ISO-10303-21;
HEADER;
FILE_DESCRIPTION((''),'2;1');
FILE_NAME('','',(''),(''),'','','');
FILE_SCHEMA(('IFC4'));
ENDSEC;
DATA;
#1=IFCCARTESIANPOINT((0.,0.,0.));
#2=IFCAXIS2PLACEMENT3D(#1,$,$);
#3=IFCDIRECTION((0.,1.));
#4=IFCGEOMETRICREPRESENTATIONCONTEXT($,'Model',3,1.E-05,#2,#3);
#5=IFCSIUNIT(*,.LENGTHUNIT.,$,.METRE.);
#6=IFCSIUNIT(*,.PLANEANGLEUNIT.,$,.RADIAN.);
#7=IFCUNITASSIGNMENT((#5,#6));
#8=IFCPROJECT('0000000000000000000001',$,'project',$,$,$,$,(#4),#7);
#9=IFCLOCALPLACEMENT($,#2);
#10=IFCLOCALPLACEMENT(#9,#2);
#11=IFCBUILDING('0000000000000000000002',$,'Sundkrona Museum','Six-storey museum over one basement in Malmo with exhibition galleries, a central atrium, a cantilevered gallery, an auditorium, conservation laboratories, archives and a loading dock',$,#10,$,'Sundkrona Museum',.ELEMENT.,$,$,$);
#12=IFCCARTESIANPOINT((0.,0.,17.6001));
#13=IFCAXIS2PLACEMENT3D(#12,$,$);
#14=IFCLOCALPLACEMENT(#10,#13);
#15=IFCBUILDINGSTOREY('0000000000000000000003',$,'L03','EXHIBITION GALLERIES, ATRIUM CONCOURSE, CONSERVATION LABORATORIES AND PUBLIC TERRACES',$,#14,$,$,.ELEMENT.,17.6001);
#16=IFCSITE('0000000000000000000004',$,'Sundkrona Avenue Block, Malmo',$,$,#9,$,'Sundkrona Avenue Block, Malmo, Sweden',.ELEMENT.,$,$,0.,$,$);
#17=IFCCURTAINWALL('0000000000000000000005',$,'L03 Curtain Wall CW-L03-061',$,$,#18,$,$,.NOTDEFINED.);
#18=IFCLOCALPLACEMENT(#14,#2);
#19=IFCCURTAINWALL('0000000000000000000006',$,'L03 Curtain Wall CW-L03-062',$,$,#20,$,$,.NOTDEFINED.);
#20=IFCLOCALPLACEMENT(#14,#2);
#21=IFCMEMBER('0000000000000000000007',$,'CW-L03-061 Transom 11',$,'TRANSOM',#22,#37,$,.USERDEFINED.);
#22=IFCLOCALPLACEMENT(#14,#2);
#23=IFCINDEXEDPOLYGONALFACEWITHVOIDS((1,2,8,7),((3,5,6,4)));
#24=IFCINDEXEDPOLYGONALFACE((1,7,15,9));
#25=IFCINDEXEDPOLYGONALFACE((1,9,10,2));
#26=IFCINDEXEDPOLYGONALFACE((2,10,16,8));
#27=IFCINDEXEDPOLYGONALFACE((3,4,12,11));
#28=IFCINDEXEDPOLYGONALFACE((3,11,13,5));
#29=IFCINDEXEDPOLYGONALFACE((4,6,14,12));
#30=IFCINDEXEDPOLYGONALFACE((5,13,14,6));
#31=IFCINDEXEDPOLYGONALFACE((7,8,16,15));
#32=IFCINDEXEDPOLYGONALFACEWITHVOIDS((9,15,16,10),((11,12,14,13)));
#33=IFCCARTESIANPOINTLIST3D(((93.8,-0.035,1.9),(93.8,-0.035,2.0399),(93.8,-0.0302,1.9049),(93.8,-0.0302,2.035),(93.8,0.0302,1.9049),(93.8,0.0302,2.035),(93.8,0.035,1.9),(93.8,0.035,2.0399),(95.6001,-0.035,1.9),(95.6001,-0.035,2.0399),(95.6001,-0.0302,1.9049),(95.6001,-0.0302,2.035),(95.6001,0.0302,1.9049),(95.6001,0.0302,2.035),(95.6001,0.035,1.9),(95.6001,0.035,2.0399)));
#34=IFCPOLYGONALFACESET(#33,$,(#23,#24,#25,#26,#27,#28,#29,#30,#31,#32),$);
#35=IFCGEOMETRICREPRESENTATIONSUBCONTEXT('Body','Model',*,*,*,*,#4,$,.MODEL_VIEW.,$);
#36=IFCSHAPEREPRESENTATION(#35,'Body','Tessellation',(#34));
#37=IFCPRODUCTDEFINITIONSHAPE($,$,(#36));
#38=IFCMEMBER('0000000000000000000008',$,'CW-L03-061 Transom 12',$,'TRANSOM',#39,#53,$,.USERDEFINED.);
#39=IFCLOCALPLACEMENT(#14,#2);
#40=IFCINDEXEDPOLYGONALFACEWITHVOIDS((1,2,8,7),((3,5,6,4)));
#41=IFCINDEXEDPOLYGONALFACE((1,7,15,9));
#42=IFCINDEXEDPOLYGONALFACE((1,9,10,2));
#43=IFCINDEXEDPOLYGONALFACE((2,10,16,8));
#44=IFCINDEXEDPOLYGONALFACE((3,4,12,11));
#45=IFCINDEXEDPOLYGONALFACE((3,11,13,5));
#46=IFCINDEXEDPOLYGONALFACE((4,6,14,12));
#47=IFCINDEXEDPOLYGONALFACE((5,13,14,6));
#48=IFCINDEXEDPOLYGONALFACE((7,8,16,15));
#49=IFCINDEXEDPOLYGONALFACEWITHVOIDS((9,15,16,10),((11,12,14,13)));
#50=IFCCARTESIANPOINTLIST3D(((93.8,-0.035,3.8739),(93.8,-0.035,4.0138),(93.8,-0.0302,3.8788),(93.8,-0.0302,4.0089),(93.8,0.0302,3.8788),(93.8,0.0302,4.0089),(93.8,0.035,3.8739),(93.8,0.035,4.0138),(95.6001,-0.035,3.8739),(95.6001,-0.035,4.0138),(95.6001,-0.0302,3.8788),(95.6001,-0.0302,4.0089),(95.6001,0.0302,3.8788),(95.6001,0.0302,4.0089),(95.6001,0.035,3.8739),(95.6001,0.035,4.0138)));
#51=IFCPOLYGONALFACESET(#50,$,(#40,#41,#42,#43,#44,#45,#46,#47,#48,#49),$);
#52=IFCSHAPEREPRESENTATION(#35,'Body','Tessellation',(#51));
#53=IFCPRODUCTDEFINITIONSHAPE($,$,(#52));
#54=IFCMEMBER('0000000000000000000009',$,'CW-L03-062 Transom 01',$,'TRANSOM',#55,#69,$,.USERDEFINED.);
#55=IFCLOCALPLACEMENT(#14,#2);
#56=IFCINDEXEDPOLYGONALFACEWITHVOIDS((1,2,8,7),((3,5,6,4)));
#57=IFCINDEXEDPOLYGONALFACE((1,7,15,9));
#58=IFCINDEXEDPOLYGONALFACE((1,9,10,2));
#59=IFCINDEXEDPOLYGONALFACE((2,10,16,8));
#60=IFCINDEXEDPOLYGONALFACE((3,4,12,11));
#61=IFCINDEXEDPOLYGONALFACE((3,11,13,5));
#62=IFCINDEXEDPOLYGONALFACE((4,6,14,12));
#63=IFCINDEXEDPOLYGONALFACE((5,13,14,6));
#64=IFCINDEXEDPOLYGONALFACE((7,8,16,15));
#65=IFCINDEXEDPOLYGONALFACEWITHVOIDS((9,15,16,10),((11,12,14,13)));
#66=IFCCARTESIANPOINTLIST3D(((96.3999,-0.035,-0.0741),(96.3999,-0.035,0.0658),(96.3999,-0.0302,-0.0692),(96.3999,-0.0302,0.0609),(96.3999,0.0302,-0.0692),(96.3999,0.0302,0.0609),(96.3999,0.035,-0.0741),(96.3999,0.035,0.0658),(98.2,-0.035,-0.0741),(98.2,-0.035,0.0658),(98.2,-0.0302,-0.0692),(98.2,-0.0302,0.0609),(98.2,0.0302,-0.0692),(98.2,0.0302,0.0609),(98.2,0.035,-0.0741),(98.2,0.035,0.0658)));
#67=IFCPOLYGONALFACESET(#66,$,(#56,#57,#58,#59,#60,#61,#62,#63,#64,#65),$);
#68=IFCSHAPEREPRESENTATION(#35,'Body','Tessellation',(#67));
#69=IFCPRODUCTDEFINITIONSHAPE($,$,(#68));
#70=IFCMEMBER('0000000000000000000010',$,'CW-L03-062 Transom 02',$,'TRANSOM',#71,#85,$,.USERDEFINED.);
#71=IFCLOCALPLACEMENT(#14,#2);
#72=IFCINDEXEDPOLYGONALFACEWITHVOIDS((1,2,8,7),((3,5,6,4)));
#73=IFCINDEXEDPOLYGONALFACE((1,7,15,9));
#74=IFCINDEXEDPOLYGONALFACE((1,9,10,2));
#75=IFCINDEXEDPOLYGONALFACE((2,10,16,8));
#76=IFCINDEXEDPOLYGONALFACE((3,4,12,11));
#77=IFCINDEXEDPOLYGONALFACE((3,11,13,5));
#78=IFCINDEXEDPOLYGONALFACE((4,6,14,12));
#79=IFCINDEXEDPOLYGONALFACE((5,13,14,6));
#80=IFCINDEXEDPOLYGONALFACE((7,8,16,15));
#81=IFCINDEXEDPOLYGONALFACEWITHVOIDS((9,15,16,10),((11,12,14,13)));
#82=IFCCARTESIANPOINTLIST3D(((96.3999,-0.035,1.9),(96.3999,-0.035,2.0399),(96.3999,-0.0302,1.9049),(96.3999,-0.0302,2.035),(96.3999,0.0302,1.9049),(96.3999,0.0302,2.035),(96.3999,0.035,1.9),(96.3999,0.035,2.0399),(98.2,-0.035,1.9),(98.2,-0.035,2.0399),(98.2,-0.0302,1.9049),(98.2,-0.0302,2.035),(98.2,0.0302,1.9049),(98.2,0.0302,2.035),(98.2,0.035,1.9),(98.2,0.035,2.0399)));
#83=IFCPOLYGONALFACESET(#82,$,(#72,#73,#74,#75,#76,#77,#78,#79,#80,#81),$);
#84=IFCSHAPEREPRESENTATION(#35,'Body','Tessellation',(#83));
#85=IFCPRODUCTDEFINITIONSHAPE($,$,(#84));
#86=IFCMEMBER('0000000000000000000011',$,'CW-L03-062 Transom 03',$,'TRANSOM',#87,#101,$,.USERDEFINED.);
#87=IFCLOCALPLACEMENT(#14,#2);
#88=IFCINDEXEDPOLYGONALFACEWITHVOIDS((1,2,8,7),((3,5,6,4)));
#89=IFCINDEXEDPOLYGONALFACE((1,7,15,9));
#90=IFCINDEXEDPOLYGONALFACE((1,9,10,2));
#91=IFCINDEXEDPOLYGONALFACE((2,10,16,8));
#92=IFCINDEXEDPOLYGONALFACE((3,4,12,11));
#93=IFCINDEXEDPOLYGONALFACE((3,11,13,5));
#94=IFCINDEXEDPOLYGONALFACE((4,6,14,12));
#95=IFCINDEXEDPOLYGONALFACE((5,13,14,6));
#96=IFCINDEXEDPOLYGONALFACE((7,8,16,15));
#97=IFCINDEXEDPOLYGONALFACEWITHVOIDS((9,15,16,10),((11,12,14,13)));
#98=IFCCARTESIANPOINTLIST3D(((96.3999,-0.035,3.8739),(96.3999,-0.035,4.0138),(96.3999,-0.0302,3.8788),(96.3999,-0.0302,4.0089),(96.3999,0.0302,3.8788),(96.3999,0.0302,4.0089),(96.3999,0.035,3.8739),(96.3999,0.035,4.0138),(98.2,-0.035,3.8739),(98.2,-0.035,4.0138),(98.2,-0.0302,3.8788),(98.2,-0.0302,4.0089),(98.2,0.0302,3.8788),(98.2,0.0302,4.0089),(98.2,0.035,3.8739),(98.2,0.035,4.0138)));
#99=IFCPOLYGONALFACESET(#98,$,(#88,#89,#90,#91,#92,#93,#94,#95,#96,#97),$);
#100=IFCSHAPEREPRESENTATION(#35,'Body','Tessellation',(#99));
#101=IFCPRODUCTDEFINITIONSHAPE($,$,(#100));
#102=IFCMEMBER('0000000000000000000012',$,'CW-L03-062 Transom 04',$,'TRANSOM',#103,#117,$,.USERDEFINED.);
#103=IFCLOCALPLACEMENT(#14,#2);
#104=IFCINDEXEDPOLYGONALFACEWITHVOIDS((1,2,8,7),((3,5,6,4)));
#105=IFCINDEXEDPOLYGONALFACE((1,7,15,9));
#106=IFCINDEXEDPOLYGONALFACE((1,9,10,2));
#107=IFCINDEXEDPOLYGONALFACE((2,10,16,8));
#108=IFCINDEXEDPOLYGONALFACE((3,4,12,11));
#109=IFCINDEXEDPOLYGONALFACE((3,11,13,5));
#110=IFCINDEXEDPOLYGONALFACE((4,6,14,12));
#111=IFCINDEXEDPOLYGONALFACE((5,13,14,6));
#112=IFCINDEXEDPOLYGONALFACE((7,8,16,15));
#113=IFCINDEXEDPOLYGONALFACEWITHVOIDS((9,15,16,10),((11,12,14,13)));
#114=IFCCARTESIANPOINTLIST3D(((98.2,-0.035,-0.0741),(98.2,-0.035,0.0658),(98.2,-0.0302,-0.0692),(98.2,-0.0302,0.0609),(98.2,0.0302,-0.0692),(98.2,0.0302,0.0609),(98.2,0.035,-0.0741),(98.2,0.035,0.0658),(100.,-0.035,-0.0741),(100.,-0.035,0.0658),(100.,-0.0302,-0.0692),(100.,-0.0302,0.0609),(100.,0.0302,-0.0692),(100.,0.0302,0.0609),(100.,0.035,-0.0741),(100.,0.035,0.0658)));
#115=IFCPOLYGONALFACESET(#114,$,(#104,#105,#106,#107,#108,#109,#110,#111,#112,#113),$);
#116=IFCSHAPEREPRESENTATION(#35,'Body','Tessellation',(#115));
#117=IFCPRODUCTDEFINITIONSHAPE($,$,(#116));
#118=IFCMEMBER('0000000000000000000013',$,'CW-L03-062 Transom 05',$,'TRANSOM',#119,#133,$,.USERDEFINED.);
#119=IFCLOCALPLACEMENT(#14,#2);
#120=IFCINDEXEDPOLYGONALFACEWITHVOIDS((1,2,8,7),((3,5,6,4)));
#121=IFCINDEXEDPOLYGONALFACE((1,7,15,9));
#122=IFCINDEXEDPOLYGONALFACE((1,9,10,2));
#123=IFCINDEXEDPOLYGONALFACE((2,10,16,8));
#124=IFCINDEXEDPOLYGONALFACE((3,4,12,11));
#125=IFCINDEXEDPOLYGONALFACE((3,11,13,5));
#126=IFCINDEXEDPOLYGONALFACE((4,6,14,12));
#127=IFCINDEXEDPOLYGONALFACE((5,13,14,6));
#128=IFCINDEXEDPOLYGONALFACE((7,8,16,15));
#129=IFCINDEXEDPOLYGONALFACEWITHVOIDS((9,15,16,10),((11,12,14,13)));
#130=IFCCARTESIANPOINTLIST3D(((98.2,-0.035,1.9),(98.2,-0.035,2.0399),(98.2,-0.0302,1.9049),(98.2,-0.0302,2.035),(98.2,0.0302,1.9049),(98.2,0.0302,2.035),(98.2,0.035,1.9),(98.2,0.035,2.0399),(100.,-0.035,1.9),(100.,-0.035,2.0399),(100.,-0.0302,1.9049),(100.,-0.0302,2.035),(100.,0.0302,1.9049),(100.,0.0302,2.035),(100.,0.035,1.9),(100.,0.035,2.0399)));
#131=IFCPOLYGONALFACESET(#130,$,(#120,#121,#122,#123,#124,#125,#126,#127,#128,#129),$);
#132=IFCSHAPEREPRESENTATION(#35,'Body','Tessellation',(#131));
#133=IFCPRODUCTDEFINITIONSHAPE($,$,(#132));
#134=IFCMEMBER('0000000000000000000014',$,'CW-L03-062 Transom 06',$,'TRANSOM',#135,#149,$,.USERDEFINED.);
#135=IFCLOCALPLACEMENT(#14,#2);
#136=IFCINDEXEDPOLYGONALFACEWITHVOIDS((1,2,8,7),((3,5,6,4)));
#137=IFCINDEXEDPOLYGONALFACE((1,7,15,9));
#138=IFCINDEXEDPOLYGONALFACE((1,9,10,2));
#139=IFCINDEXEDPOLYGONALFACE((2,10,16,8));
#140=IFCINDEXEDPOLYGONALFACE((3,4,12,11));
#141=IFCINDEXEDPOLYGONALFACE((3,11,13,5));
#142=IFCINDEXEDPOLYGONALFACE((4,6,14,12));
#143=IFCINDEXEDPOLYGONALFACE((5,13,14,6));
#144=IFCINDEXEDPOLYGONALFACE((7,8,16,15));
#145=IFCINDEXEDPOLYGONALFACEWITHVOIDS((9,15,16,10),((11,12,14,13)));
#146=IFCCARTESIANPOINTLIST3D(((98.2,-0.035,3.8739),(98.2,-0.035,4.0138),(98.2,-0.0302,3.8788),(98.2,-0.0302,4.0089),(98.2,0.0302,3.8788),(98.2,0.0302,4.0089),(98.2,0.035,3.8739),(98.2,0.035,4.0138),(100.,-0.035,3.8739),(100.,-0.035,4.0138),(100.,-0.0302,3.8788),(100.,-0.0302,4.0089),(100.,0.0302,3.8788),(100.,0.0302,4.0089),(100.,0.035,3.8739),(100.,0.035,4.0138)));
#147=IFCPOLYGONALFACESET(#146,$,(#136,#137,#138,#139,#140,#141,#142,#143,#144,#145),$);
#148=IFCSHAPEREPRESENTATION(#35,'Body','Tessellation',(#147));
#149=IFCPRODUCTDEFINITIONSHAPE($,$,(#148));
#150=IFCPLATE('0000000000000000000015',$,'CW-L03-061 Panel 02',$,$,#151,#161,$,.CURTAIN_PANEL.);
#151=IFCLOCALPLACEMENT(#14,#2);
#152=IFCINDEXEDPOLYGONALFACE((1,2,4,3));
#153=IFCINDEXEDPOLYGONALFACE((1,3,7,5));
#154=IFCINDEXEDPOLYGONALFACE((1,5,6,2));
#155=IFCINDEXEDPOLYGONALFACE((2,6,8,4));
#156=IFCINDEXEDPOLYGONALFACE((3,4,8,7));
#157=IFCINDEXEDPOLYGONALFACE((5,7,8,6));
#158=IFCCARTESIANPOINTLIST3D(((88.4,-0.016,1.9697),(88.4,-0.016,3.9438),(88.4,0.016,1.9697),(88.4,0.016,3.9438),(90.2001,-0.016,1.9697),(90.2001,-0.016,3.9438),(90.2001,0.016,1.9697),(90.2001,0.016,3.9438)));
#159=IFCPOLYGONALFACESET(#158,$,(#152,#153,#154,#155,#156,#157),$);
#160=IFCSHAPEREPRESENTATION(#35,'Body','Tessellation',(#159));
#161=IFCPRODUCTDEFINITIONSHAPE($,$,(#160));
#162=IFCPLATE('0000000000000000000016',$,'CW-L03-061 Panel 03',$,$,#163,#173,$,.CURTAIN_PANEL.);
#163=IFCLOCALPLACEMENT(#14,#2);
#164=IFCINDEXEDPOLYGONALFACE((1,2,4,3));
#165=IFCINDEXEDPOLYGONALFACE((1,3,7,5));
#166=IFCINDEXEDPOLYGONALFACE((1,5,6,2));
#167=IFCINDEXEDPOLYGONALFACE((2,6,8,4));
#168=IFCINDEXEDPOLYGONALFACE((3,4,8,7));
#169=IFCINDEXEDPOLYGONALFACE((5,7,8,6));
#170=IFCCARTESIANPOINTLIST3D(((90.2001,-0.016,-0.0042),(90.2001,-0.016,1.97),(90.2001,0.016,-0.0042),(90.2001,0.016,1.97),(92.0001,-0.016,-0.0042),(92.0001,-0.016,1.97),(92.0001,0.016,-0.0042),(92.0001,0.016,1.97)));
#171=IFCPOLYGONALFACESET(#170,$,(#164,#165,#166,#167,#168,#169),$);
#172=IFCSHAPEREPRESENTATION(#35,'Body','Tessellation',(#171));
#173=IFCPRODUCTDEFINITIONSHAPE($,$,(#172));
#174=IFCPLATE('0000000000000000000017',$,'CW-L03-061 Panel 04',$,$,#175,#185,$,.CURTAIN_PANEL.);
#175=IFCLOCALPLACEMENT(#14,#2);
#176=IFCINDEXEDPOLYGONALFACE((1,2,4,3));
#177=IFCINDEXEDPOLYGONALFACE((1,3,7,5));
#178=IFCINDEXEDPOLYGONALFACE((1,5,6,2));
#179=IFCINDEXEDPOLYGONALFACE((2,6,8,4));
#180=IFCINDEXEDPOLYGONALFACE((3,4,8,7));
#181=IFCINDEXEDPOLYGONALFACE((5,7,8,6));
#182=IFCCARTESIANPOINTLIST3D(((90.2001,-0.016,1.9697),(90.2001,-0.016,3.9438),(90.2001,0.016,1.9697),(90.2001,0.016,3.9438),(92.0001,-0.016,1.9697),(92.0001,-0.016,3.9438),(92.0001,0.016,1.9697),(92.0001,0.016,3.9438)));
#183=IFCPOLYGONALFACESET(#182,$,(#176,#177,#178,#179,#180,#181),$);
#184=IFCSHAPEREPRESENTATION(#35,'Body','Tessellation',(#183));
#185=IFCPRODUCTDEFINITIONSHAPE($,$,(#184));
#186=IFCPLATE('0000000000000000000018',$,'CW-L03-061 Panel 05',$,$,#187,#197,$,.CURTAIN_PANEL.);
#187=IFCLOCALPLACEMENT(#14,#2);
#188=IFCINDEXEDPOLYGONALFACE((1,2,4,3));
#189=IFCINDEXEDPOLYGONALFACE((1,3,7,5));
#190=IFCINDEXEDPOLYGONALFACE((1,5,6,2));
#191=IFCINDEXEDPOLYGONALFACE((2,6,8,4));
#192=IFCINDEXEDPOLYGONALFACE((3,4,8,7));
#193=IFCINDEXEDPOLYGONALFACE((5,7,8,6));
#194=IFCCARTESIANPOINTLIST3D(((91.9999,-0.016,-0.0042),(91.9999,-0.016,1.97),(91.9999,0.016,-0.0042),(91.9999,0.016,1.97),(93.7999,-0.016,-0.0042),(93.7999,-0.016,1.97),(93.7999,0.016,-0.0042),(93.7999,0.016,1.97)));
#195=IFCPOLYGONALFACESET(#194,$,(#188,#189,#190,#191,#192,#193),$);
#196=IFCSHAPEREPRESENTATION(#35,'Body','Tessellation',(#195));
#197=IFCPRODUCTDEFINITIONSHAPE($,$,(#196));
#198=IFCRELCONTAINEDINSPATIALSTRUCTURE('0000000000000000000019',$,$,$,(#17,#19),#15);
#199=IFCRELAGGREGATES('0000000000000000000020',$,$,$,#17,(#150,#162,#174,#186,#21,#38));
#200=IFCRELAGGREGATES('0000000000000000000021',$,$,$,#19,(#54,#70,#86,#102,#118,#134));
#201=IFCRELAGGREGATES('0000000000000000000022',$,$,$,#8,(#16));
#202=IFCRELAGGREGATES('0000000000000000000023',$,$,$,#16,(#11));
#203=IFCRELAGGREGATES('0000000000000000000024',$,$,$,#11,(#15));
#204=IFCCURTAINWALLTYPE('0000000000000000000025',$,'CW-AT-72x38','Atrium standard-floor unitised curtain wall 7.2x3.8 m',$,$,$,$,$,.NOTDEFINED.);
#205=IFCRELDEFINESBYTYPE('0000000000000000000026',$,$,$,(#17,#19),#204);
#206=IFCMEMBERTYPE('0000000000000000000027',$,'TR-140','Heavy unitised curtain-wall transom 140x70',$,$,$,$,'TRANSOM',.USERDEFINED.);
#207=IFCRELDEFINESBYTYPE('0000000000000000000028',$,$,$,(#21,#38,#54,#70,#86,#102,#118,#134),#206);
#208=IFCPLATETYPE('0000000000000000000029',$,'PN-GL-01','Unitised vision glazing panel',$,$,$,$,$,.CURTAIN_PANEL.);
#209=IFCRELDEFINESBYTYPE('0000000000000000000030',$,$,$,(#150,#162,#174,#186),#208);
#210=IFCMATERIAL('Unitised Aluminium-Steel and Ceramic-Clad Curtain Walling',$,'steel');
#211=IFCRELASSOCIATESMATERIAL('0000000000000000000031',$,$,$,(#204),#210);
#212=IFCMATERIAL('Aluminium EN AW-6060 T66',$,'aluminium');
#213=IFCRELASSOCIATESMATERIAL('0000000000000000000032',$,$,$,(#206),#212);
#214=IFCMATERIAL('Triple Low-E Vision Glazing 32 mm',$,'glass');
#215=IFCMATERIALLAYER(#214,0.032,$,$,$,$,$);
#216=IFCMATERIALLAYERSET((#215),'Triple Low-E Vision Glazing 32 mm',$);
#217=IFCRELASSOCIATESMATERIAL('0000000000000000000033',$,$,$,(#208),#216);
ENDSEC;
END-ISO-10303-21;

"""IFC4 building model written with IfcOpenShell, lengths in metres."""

from ifc_helpers import new_model, si_unit, direction, frame, origin, origin_2d, place, context, subcontext, project, spatial, rectangle, hollow_rectangle, extrude, material, layer, layer_set, material_profile, profile_set, type_object, element, aggregate, save


model = new_model("IFC4")

# Units and contexts
model_context = context("Model", 3, precision=1e-05, world=origin(), true_north=direction((0.0, 1.0)))
body_context = subcontext(model_context, "Body", "Model", "MODEL_VIEW")
ifc_project = project(units=[si_unit("LENGTHUNIT", "METRE"), si_unit("PLANEANGLEUNIT", "RADIAN")], contexts=[model_context])

# Site, building, storey
site_placement = place(None, origin())
site = spatial("IfcSite", under=ifc_project, at=site_placement, Name="Sundkrona Avenue Block, Malmo", LongName="Sundkrona Avenue Block, Malmo, Sweden", CompositionType="ELEMENT", RefElevation=0.0)
building_placement = place(site_placement, origin())
building = spatial("IfcBuilding", under=site, at=building_placement, Name="Sundkrona Museum", Description="Six-storey museum over one basement in Malmo with exhibition galleries, a central atrium, a cantilevered gallery, an auditorium, conservation laboratories, archives and a loading dock", LongName="Sundkrona Museum", CompositionType="ELEMENT")
storey_placement = place(building_placement, frame((0.0, 0.0, 17.6001)))
storey = spatial("IfcBuildingStorey", under=building, at=storey_placement, Name="L03", Description="EXHIBITION GALLERIES, ATRIUM CONCOURSE, CONSERVATION LABORATORIES AND PUBLIC TERRACES", CompositionType="ELEMENT", Elevation=17.6001)

# Curtain walls
ifc_material_1 = material(Name="Unitised Aluminium-Steel and Ceramic-Clad Curtain Walling", Category="steel")
curtain_wall_type = type_object("IfcCurtainWallType", Name="CW-AT-72x38", Description="Atrium standard-floor unitised curtain wall 7.2x3.8 m", PredefinedType="NOTDEFINED", material=ifc_material_1)
curtain_wall_1_placement = place(storey_placement, origin())
curtain_wall_1 = element("IfcCurtainWall", 1, at=curtain_wall_1_placement, inside=storey, type_object=curtain_wall_type, Name="L03 Curtain Wall CW-L03-061", PredefinedType="NOTDEFINED")
ifc_material_2 = material(Name="Aluminium EN AW-6060 T66", Category="aluminium")
curtain_wall_2_placement = place(storey_placement, origin())
curtain_wall_2 = element("IfcCurtainWall", 2, at=curtain_wall_2_placement, inside=storey, type_object=curtain_wall_type, Name="L03 Curtain Wall CW-L03-062", PredefinedType="NOTDEFINED")

# Members
ifc_material_profile_1 = material_profile(ifc_material_2, hollow_rectangle(XDim=0.0701, YDim=0.1399, WallThickness=0.0049, at=origin_2d()), Name="RHS 140x70x5.0")
ifc_profile_set_1 = profile_set([ifc_material_profile_1], Name="Aluminium EN AW-6060 T66")
member_type_1 = type_object("IfcMemberType", Name="TR-140", Description="Heavy unitised curtain-wall transom 140x70", ElementType="TRANSOM", PredefinedType="USERDEFINED", material=ifc_profile_set_1)
member_1_placement = place(storey_placement, frame((93.8, 0.0, 1.97), z_axis=(1.0, 0.0, 0.0), x_axis=(0.0, 1.0, 0.0)))
member_1 = element("IfcMember", 3, at=member_1_placement, type_object=member_type_1, Name="CW-L03-061 Transom 11", ObjectType="TRANSOM", PredefinedType="USERDEFINED", context=body_context, shape_type="SweptSolid", body=[
    extrude(hollow_rectangle(XDim=0.0701, YDim=0.1399, WallThickness=0.0049, at=origin_2d()), origin(), (0.0, 0.0, 1.0), 1.8),
])
member_2_placement = place(storey_placement, frame((93.8, 0.0, 3.9438), z_axis=(1.0, 0.0, 0.0), x_axis=(0.0, 1.0, 0.0)))
member_2 = element("IfcMember", 4, at=member_2_placement, type_object=member_type_1, Name="CW-L03-061 Transom 12", ObjectType="TRANSOM", PredefinedType="USERDEFINED", context=body_context, shape_type="SweptSolid", body=[
    extrude(hollow_rectangle(XDim=0.0701, YDim=0.1399, WallThickness=0.0049, at=origin_2d()), origin(), (0.0, 0.0, 1.0), 1.8),
])
member_3_placement = place(storey_placement, frame((96.3999, 0.0, -0.0042), z_axis=(1.0, 0.0, 0.0), x_axis=(0.0, 1.0, 0.0)))
member_3 = element("IfcMember", 5, at=member_3_placement, type_object=member_type_1, Name="CW-L03-062 Transom 01", ObjectType="TRANSOM", PredefinedType="USERDEFINED", context=body_context, shape_type="SweptSolid", body=[
    extrude(hollow_rectangle(XDim=0.0701, YDim=0.1399, WallThickness=0.0049, at=origin_2d()), origin(), (0.0, 0.0, 1.0), 1.8),
])
member_4_placement = place(storey_placement, frame((96.3999, 0.0, 1.97), z_axis=(1.0, 0.0, 0.0), x_axis=(0.0, 1.0, 0.0)))
member_4 = element("IfcMember", 6, at=member_4_placement, type_object=member_type_1, Name="CW-L03-062 Transom 02", ObjectType="TRANSOM", PredefinedType="USERDEFINED", context=body_context, shape_type="SweptSolid", body=[
    extrude(hollow_rectangle(XDim=0.0701, YDim=0.1399, WallThickness=0.0049, at=origin_2d()), origin(), (0.0, 0.0, 1.0), 1.8),
])
member_5_placement = place(storey_placement, frame((96.3999, 0.0, 3.9438), z_axis=(1.0, 0.0, 0.0), x_axis=(0.0, 1.0, 0.0)))
member_5 = element("IfcMember", 7, at=member_5_placement, type_object=member_type_1, Name="CW-L03-062 Transom 03", ObjectType="TRANSOM", PredefinedType="USERDEFINED", context=body_context, shape_type="SweptSolid", body=[
    extrude(hollow_rectangle(XDim=0.0701, YDim=0.1399, WallThickness=0.0049, at=origin_2d()), origin(), (0.0, 0.0, 1.0), 1.8),
])
member_6_placement = place(storey_placement, frame((98.2, 0.0, -0.0042), z_axis=(1.0, 0.0, 0.0), x_axis=(0.0, 1.0, 0.0)))
member_6 = element("IfcMember", 8, at=member_6_placement, type_object=member_type_1, Name="CW-L03-062 Transom 04", ObjectType="TRANSOM", PredefinedType="USERDEFINED", context=body_context, shape_type="SweptSolid", body=[
    extrude(hollow_rectangle(XDim=0.0701, YDim=0.1399, WallThickness=0.0049, at=origin_2d()), origin(), (0.0, 0.0, 1.0), 1.8),
])
member_7_placement = place(storey_placement, frame((98.2, 0.0, 1.97), z_axis=(1.0, 0.0, 0.0), x_axis=(0.0, 1.0, 0.0)))
member_7 = element("IfcMember", 9, at=member_7_placement, type_object=member_type_1, Name="CW-L03-062 Transom 05", ObjectType="TRANSOM", PredefinedType="USERDEFINED", context=body_context, shape_type="SweptSolid", body=[
    extrude(hollow_rectangle(XDim=0.0701, YDim=0.1399, WallThickness=0.0049, at=origin_2d()), origin(), (0.0, 0.0, 1.0), 1.8),
])
member_8_placement = place(storey_placement, frame((98.2, 0.0, 3.9438), z_axis=(1.0, 0.0, 0.0), x_axis=(0.0, 1.0, 0.0)))
member_8 = element("IfcMember", 10, at=member_8_placement, type_object=member_type_1, Name="CW-L03-062 Transom 06", ObjectType="TRANSOM", PredefinedType="USERDEFINED", context=body_context, shape_type="SweptSolid", body=[
    extrude(hollow_rectangle(XDim=0.0701, YDim=0.1399, WallThickness=0.0049, at=origin_2d()), origin(), (0.0, 0.0, 1.0), 1.8),
])

# Plates
ifc_material_3 = material(Name="Triple Low-E Vision Glazing 32 mm", Category="glass")
ifc_layer = layer(ifc_material_3, 0.032)
ifc_layer_set = layer_set([ifc_layer], Name="Triple Low-E Vision Glazing 32 mm")
plate_type = type_object("IfcPlateType", Name="PN-GL-01", Description="Unitised vision glazing panel", PredefinedType="CURTAIN_PANEL", material=ifc_layer_set)
plate_1_placement = place(storey_placement, frame((89.3, 0.0, 1.9697), z_axis=(0.0, 0.0, 1.0), x_axis=(1.0, 0.0, 0.0)))
plate_1 = element("IfcPlate", 11, at=plate_1_placement, type_object=plate_type, Name="CW-L03-061 Panel 02", PredefinedType="CURTAIN_PANEL", context=body_context, shape_type="SweptSolid", body=[
    extrude(rectangle(XDim=1.8, YDim=0.032, at=origin_2d()), origin(), (0.0, 0.0, 1.0), 1.9741),
])
plate_2_placement = place(storey_placement, frame((91.1001, 0.0, -0.0042), z_axis=(0.0, 0.0, 1.0), x_axis=(1.0, 0.0, 0.0)))
plate_2 = element("IfcPlate", 12, at=plate_2_placement, type_object=plate_type, Name="CW-L03-061 Panel 03", PredefinedType="CURTAIN_PANEL", context=body_context, shape_type="SweptSolid", body=[
    extrude(rectangle(XDim=1.8, YDim=0.032, at=origin_2d()), origin(), (0.0, 0.0, 1.0), 1.9741),
])
plate_3_placement = place(storey_placement, frame((91.1001, 0.0, 1.9697), z_axis=(0.0, 0.0, 1.0), x_axis=(1.0, 0.0, 0.0)))
plate_3 = element("IfcPlate", 13, at=plate_3_placement, type_object=plate_type, Name="CW-L03-061 Panel 04", PredefinedType="CURTAIN_PANEL", context=body_context, shape_type="SweptSolid", body=[
    extrude(rectangle(XDim=1.8, YDim=0.032, at=origin_2d()), origin(), (0.0, 0.0, 1.0), 1.9741),
])
plate_4_placement = place(storey_placement, frame((92.8999, 0.0, -0.0042), z_axis=(0.0, 0.0, 1.0), x_axis=(1.0, 0.0, 0.0)))
plate_4 = element("IfcPlate", 14, at=plate_4_placement, type_object=plate_type, Name="CW-L03-061 Panel 05", PredefinedType="CURTAIN_PANEL", context=body_context, shape_type="SweptSolid", body=[
    extrude(rectangle(XDim=1.8, YDim=0.032, at=origin_2d()), origin(), (0.0, 0.0, 1.0), 1.9741),
])
aggregate(curtain_wall_1, [plate_1, plate_2, plate_3, plate_4, member_1, member_2])
aggregate(curtain_wall_2, [member_3, member_4, member_5, member_6, member_7, member_8])

save(model, "model.ifc")
